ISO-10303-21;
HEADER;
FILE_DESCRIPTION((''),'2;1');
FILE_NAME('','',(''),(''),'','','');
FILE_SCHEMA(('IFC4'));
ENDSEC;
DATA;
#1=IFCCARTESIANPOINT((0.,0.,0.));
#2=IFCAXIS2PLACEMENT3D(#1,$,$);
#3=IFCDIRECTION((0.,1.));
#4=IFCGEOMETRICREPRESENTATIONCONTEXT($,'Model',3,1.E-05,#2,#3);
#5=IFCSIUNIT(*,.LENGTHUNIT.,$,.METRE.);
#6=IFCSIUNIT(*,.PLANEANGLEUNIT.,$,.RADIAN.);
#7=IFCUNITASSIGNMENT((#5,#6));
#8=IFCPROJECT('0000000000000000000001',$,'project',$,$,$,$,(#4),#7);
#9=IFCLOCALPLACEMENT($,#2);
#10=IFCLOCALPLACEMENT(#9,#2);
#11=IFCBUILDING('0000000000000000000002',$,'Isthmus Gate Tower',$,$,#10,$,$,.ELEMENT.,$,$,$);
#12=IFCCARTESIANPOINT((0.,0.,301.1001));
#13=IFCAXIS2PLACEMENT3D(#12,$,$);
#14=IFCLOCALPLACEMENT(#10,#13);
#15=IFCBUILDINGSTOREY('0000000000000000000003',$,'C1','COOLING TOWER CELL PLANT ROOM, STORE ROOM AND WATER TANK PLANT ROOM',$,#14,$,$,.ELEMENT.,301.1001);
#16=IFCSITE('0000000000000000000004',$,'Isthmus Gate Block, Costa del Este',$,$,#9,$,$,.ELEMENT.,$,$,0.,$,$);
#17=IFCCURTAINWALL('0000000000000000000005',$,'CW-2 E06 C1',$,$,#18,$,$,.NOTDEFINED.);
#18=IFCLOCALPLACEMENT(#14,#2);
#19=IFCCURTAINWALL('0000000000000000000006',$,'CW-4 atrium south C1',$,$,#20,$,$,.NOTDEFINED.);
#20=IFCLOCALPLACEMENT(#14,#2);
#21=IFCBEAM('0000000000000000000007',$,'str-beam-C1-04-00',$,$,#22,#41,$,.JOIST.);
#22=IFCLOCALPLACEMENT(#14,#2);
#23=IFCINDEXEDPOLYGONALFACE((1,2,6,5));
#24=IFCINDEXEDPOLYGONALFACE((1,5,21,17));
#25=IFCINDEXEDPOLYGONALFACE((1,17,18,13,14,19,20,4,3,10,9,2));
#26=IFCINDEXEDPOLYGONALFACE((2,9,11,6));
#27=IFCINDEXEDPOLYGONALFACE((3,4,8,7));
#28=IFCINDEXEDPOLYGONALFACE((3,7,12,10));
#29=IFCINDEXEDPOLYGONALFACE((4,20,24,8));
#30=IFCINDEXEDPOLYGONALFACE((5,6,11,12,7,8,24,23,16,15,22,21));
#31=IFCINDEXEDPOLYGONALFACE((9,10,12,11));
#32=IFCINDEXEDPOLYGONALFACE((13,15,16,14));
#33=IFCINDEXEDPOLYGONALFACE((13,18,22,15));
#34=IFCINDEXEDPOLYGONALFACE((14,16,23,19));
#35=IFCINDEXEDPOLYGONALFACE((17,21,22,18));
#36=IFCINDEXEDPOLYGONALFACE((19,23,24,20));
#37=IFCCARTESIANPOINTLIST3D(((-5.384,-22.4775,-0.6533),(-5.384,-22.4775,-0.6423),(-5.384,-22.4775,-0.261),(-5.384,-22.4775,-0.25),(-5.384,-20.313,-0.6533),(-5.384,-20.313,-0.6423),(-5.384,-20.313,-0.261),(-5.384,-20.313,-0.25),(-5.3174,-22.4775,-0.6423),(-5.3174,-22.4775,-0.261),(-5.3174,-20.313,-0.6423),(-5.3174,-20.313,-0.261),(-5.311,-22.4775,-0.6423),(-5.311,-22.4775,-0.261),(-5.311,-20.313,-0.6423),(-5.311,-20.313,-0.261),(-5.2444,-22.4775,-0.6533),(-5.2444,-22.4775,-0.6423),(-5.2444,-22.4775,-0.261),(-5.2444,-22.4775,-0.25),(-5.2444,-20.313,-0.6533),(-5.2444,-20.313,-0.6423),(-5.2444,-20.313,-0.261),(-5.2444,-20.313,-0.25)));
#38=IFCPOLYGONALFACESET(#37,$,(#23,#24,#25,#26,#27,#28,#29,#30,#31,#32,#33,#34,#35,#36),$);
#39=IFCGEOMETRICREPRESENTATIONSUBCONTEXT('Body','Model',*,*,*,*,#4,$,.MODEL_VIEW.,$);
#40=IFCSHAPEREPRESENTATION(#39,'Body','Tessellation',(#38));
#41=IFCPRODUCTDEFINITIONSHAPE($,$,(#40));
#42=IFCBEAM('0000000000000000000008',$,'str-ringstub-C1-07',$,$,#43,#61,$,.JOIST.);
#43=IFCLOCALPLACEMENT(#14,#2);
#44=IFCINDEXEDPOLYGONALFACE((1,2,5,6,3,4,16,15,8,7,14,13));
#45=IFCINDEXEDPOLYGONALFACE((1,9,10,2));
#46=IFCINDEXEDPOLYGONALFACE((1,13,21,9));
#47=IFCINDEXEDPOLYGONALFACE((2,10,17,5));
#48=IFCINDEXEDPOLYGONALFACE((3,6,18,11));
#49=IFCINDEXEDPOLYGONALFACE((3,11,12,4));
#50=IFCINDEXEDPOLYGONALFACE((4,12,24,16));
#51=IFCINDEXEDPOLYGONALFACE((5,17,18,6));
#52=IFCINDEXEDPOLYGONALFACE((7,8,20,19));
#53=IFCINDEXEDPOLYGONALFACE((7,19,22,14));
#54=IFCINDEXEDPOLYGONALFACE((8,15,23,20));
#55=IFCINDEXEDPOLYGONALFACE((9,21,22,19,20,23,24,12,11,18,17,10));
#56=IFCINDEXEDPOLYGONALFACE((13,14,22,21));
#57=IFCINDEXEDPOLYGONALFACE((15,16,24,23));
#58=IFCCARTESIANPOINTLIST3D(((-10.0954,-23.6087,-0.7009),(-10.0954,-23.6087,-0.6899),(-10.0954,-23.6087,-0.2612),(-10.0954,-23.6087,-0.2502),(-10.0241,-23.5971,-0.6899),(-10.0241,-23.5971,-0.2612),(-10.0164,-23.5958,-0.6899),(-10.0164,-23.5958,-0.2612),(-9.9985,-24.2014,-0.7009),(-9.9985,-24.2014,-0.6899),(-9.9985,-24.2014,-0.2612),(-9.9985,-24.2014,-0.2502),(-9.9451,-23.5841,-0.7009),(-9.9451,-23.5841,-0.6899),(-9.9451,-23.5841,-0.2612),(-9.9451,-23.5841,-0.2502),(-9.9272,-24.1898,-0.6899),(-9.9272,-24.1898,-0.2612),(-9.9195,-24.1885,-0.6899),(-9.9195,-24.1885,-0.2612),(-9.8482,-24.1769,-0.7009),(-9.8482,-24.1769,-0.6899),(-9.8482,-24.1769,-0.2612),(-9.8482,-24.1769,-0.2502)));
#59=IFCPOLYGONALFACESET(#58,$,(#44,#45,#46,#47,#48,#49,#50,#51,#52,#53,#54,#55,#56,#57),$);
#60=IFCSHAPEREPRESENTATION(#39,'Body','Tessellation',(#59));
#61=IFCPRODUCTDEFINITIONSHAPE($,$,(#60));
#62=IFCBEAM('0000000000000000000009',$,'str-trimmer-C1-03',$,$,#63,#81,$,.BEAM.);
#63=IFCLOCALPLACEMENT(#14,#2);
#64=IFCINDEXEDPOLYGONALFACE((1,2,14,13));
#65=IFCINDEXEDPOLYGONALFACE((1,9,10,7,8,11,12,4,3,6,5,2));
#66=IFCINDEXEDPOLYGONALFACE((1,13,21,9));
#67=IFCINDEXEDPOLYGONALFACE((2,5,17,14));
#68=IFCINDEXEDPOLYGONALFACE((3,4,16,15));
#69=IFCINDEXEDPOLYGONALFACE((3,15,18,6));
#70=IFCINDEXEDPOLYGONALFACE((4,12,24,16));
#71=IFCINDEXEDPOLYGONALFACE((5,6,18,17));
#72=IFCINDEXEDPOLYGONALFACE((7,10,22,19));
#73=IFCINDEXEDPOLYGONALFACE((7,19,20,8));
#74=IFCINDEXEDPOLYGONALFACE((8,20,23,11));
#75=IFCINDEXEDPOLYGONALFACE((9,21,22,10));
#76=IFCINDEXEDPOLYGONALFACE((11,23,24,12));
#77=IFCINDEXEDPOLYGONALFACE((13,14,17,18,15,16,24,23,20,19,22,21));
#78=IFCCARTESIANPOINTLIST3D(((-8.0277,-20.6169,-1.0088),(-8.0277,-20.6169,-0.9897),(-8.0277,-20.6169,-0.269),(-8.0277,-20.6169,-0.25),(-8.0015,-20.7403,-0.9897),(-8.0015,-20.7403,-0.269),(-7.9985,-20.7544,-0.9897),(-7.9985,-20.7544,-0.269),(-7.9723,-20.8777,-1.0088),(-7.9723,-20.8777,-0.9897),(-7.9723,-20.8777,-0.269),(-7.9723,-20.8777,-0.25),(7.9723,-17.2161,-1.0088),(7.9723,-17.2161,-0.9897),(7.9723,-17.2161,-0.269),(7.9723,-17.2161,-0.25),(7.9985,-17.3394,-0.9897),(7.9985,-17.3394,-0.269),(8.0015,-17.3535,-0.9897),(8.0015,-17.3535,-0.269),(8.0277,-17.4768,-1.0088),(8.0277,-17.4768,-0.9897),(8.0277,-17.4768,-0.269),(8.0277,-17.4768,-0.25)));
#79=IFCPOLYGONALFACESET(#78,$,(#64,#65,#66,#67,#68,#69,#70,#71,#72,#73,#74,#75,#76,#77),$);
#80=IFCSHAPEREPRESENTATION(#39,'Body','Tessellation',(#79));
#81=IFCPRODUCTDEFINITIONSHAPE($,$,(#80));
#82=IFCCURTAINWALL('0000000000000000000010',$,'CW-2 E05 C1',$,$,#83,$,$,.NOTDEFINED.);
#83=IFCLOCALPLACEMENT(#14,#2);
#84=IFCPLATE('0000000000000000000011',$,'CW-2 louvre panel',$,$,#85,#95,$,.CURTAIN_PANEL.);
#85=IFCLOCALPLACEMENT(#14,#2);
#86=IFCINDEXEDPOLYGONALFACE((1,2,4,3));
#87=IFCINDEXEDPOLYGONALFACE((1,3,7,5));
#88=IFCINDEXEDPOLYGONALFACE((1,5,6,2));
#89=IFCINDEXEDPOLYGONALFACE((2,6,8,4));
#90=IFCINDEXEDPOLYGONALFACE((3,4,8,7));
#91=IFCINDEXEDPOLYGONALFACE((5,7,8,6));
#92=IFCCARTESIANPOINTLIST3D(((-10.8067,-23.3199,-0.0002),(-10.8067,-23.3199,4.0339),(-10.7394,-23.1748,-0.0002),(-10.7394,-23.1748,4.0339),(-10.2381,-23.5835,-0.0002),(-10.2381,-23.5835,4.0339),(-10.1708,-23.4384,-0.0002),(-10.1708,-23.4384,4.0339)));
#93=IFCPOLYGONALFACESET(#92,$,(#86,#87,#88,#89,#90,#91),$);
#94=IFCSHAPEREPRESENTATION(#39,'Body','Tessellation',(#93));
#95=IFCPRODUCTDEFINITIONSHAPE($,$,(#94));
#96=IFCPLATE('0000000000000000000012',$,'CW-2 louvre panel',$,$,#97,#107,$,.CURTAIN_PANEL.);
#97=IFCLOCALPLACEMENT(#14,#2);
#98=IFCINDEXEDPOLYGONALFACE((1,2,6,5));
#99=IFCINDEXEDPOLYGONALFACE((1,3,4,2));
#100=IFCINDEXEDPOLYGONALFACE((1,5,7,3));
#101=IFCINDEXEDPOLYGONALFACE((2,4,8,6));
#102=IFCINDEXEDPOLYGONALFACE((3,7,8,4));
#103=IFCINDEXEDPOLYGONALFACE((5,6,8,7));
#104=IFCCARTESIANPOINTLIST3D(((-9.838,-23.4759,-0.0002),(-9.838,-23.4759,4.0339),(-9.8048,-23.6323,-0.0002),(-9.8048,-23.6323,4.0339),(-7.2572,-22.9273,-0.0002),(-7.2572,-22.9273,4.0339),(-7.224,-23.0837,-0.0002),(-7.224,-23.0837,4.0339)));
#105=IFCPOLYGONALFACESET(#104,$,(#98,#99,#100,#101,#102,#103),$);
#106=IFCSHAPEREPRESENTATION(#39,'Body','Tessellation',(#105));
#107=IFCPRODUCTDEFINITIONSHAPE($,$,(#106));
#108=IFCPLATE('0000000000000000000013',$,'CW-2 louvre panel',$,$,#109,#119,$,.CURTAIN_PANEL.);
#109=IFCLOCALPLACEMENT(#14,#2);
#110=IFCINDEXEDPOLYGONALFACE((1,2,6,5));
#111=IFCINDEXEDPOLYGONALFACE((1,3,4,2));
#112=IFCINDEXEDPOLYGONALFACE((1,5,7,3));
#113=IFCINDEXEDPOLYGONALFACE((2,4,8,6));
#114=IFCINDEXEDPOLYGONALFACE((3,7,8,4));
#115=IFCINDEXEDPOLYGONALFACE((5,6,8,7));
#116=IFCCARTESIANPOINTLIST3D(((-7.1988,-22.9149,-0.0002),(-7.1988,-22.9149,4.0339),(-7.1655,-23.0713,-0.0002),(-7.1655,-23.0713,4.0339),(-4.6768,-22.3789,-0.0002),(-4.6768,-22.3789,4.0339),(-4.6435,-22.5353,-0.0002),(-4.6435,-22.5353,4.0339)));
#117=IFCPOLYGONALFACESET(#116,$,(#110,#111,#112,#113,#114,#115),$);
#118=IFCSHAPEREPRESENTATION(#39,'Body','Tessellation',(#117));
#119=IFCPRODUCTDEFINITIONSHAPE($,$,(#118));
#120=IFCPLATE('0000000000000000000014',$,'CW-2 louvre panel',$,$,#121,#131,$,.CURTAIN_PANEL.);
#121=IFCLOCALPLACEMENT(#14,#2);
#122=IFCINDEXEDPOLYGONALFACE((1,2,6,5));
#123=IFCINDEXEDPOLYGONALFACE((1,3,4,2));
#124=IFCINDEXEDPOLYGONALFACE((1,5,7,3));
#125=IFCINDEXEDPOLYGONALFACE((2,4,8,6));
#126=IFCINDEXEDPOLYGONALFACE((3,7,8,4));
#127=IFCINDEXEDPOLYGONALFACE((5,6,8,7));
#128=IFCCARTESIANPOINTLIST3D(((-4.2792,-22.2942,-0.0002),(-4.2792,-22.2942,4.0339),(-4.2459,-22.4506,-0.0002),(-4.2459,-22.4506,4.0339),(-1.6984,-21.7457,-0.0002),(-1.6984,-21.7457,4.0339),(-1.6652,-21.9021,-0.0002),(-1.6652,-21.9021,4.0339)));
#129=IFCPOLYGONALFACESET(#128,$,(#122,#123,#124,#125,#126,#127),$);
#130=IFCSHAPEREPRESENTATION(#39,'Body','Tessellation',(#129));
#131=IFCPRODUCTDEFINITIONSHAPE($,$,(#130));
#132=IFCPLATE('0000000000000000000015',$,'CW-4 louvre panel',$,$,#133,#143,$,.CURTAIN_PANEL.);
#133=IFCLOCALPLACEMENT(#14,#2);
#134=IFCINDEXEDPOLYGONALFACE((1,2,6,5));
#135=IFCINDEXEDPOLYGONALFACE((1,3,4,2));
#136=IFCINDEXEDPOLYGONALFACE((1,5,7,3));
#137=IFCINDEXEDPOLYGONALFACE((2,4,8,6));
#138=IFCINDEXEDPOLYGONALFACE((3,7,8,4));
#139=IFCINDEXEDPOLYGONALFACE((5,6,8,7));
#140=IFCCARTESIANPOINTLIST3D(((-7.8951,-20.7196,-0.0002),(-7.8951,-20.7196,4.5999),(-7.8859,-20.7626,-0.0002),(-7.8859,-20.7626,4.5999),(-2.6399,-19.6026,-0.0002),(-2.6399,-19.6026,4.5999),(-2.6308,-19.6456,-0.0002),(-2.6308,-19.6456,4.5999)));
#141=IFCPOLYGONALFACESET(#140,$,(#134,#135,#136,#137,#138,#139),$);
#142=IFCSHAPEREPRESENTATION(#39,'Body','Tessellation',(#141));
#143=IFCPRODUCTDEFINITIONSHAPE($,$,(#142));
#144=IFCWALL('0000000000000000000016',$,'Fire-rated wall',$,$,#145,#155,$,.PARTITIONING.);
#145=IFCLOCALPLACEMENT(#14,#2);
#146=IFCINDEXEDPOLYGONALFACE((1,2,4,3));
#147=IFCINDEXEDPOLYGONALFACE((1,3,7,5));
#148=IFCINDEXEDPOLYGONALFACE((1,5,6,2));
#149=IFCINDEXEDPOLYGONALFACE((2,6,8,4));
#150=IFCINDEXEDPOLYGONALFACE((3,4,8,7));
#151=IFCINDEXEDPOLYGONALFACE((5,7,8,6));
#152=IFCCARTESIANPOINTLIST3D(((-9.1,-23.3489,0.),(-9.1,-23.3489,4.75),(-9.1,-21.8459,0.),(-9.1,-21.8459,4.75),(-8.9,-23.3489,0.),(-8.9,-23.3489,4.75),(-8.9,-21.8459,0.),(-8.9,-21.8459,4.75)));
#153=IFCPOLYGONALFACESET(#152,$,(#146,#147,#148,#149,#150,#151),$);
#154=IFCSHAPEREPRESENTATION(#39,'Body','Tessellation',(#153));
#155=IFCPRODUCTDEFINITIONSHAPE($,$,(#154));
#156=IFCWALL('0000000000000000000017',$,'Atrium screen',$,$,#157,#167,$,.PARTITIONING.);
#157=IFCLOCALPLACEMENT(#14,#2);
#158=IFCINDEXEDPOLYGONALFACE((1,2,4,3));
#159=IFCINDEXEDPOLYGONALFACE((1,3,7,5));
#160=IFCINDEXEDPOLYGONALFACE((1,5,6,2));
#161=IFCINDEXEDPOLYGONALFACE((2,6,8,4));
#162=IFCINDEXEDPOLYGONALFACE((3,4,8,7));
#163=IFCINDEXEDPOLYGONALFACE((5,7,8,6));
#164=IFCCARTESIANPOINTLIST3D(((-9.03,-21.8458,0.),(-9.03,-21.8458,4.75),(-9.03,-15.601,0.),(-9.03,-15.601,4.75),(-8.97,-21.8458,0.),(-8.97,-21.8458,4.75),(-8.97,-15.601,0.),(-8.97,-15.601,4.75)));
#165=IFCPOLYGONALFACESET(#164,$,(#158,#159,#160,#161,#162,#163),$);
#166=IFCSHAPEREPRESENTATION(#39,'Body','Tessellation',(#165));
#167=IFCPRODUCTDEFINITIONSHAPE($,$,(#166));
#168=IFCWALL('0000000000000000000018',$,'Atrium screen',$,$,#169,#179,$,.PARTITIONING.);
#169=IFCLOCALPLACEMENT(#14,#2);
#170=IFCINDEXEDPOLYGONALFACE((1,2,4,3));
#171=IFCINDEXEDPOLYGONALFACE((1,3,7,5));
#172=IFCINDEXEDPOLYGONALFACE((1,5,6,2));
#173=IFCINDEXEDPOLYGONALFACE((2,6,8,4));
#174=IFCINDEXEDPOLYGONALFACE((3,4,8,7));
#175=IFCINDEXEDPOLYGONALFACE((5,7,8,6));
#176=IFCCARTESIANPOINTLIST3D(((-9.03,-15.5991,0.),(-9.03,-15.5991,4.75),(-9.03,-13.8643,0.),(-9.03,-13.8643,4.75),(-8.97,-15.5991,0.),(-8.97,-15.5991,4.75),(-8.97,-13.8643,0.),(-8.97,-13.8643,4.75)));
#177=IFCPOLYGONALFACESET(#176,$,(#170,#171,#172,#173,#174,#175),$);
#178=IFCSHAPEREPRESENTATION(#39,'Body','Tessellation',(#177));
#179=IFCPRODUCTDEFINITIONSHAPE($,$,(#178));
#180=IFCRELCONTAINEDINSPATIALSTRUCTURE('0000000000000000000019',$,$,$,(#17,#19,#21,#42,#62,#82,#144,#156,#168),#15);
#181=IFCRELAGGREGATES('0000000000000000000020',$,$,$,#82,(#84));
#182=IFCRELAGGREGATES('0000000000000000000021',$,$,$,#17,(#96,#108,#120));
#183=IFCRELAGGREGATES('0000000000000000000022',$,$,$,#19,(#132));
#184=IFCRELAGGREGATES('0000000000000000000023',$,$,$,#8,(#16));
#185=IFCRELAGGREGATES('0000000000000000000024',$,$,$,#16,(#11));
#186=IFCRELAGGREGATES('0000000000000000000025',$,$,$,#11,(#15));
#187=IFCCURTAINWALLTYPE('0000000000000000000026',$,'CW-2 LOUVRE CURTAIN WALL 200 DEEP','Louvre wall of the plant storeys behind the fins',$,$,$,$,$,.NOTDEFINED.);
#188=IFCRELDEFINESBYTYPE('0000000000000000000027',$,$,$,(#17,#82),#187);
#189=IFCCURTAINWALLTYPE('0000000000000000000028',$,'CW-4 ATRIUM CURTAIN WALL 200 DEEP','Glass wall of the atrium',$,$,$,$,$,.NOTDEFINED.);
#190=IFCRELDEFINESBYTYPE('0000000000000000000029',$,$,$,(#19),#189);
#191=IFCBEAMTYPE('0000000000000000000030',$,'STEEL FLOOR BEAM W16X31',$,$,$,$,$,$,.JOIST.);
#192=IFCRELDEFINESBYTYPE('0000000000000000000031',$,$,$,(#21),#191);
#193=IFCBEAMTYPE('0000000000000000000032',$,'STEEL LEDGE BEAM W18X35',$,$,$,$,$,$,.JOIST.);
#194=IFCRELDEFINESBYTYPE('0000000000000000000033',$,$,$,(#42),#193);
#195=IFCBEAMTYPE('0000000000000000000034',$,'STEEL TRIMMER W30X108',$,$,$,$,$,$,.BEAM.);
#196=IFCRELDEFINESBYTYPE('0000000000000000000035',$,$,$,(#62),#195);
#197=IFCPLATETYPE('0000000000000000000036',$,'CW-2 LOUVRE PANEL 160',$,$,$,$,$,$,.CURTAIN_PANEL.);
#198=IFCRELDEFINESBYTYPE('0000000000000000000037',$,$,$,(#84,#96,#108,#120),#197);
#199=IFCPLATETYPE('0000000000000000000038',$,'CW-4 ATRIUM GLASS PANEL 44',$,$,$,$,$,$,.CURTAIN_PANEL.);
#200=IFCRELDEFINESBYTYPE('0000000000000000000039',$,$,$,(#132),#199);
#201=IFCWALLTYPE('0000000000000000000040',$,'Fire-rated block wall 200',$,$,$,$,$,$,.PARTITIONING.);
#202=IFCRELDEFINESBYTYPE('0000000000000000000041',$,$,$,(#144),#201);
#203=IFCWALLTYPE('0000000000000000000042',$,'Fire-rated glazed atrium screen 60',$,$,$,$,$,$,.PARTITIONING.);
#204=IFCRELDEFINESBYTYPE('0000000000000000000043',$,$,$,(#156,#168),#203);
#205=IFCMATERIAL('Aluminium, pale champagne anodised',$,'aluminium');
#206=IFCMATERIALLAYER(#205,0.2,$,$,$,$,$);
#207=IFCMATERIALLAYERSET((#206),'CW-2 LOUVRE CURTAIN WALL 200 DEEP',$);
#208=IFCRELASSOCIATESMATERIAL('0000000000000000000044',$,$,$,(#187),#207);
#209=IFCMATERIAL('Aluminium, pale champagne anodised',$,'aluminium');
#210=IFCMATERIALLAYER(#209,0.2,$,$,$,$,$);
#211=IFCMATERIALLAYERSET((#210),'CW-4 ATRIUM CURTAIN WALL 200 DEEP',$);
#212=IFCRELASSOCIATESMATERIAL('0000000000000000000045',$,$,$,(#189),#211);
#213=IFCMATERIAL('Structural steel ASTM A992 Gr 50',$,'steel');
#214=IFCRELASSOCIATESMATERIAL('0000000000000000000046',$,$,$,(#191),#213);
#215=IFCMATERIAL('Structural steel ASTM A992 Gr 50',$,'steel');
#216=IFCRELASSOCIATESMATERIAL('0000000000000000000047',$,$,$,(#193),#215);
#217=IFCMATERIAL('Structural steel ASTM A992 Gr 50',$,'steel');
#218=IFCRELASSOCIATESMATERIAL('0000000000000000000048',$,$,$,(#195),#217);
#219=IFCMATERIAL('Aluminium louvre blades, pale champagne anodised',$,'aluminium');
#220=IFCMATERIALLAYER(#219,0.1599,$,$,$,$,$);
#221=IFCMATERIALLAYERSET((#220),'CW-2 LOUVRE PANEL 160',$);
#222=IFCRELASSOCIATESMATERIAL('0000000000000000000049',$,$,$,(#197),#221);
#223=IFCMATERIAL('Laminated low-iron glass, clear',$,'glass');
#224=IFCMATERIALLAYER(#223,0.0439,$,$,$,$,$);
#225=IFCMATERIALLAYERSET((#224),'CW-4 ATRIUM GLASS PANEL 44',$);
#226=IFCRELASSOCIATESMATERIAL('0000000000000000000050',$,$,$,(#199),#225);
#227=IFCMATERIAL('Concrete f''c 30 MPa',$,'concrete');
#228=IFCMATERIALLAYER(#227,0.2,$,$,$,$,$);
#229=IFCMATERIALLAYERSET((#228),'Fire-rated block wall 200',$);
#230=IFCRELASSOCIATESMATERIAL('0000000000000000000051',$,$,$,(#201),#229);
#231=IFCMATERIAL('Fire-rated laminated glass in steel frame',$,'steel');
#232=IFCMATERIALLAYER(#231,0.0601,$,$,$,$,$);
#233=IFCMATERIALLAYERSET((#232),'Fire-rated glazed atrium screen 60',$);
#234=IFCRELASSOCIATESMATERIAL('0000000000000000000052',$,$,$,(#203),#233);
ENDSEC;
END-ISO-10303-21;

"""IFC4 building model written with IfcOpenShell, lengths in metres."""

from ifc_helpers import new_model, si_unit, direction, frame, frame_2d, origin, origin_2d, place, context, subcontext, project, spatial, rectangle, i_section, extrude, material, layer, layer_set, material_profile, profile_set, type_object, element, aggregate, save


model = new_model("IFC4")

# Units and contexts
model_context = context("Model", 3, precision=1e-05, world=origin(), true_north=direction((0.0, 1.0)))
body_context = subcontext(model_context, "Body", "Model", "MODEL_VIEW")
ifc_project = project(units=[si_unit("LENGTHUNIT", "METRE"), si_unit("PLANEANGLEUNIT", "RADIAN")], contexts=[model_context])

# Site, building, storey
site_placement = place(None, origin())
site = spatial("IfcSite", under=ifc_project, at=site_placement, Name="Isthmus Gate Block, Costa del Este", CompositionType="ELEMENT", RefElevation=0.0)
building_placement = place(site_placement, origin())
building = spatial("IfcBuilding", under=site, at=building_placement, Name="Isthmus Gate Tower", CompositionType="ELEMENT")
storey_placement = place(building_placement, frame((0.0, 0.0, 301.1001)))
storey = spatial("IfcBuildingStorey", under=building, at=storey_placement, Name="C1", Description="COOLING TOWER CELL PLANT ROOM, STORE ROOM AND WATER TANK PLANT ROOM", CompositionType="ELEMENT", Elevation=301.1001)

# Curtain walls
ifc_material_1 = material(Name="Aluminium, pale champagne anodised", Category="aluminium")
ifc_layer_1 = layer(ifc_material_1, 0.2)
ifc_layer_set_1 = layer_set([ifc_layer_1], Name="CW-2 LOUVRE CURTAIN WALL 200 DEEP")
curtain_wall_type_1 = type_object("IfcCurtainWallType", Name="CW-2 LOUVRE CURTAIN WALL 200 DEEP", Description="Louvre wall of the plant storeys behind the fins", PredefinedType="NOTDEFINED", material=ifc_layer_set_1)
curtain_wall_1_placement = place(storey_placement, origin())
curtain_wall_1 = element("IfcCurtainWall", 1, at=curtain_wall_1_placement, inside=storey, type_object=curtain_wall_type_1, Name="CW-2 E06 C1", PredefinedType="NOTDEFINED")
ifc_material_2 = material(Name="Aluminium, pale champagne anodised", Category="aluminium")
ifc_layer_2 = layer(ifc_material_2, 0.2)
ifc_layer_set_2 = layer_set([ifc_layer_2], Name="CW-4 ATRIUM CURTAIN WALL 200 DEEP")
curtain_wall_type_2 = type_object("IfcCurtainWallType", Name="CW-4 ATRIUM CURTAIN WALL 200 DEEP", Description="Glass wall of the atrium", PredefinedType="NOTDEFINED", material=ifc_layer_set_2)
curtain_wall_2_placement = place(storey_placement, origin())
curtain_wall_2 = element("IfcCurtainWall", 2, at=curtain_wall_2_placement, inside=storey, type_object=curtain_wall_type_2, Name="CW-4 atrium south C1", PredefinedType="NOTDEFINED")

# Beams
ifc_material_3 = material(Name="Structural steel ASTM A992 Gr 50", Category="steel")
ifc_material_profile_1 = material_profile(ifc_material_3, i_section(OverallWidth=0.1396, OverallDepth=0.4033, WebThickness=0.0063, FlangeThickness=0.011, at=origin_2d()), Name="W16X31")
ifc_profile_set_1 = profile_set([ifc_material_profile_1], Name="Structural steel ASTM A992 Gr 50")
beam_type_1 = type_object("IfcBeamType", Name="STEEL FLOOR BEAM W16X31", PredefinedType="JOIST", material=ifc_profile_set_1)
beam_1_placement = place(storey_placement, frame((-5.3142, -22.4775, -0.4517), z_axis=(0.0, 1.0, 0.0), x_axis=(-1.0, 0.0, 0.0)))
element("IfcBeam", 3, at=beam_1_placement, inside=storey, type_object=beam_type_1, Name="str-beam-C1-04-00", PredefinedType="JOIST", context=body_context, shape_type="SweptSolid", body=[
    extrude(i_section(OverallWidth=0.1396, OverallDepth=0.4033, WebThickness=0.0063, FlangeThickness=0.011, at=origin_2d()), origin(), (0.0, 0.0, 1.0), 2.1646),
])
ifc_material_4 = material(Name="Structural steel ASTM A992 Gr 50", Category="steel")
ifc_material_profile_2 = material_profile(ifc_material_4, i_section(OverallWidth=0.1523, OverallDepth=0.4507, WebThickness=0.0078, FlangeThickness=0.011, at=origin_2d()), Name="W18X35")
ifc_profile_set_2 = profile_set([ifc_material_profile_2], Name="Structural steel ASTM A992 Gr 50")
beam_type_2 = type_object("IfcBeamType", Name="STEEL LEDGE BEAM W18X35", PredefinedType="JOIST", material=ifc_profile_set_2)
beam_2_placement = place(storey_placement, frame((-10.0203, -23.5964, -0.4756), z_axis=(0.161366, -0.986895, 0.0), x_axis=(0.986895, 0.161366, 0.0)))
element("IfcBeam", 4, at=beam_2_placement, inside=storey, type_object=beam_type_2, Name="str-ringstub-C1-07", PredefinedType="JOIST", context=body_context, shape_type="SweptSolid", body=[
    extrude(i_section(OverallWidth=0.1523, OverallDepth=0.4507, WebThickness=0.0078, FlangeThickness=0.011, at=origin_2d()), origin(), (0.0, 0.0, 1.0), 0.6006),
])
ifc_material_5 = material(Name="Structural steel ASTM A992 Gr 50", Category="steel")
ifc_material_profile_3 = material_profile(ifc_material_5, i_section(OverallWidth=0.2666, OverallDepth=0.7588, WebThickness=0.0144, FlangeThickness=0.019, at=origin_2d()), Name="W30X108")
ifc_profile_set_3 = profile_set([ifc_material_profile_3], Name="Structural steel ASTM A992 Gr 50")
beam_type_3 = type_object("IfcBeamType", Name="STEEL TRIMMER W30X108", PredefinedType="BEAM", material=ifc_profile_set_3)
beam_3_placement = place(storey_placement, frame((-8.0, -20.7473, -0.6294), z_axis=(0.978148, 0.20791, 0.0), x_axis=(-0.20791, 0.978148, 0.0)))
element("IfcBeam", 5, at=beam_3_placement, inside=storey, type_object=beam_type_3, Name="str-trimmer-C1-03", PredefinedType="BEAM", context=body_context, shape_type="SweptSolid", body=[
    extrude(i_section(OverallWidth=0.2666, OverallDepth=0.7588, WebThickness=0.0144, FlangeThickness=0.019, at=origin_2d()), origin(), (0.0, 0.0, 1.0), 16.3574),
])

# Curtain wall, plate
curtain_wall_3_placement = place(storey_placement, origin())
curtain_wall_3 = element("IfcCurtainWall", 6, at=curtain_wall_3_placement, inside=storey, type_object=curtain_wall_type_1, Name="CW-2 E05 C1", PredefinedType="NOTDEFINED")
ifc_material_6 = material(Name="Aluminium louvre blades, pale champagne anodised", Category="aluminium")
ifc_layer_3 = layer(ifc_material_6, 0.1599)
ifc_layer_set_3 = layer_set([ifc_layer_3], Name="CW-2 LOUVRE PANEL 160")
plate_type_1 = type_object("IfcPlateType", Name="CW-2 LOUVRE PANEL 160", PredefinedType="CURTAIN_PANEL", material=ifc_layer_set_3)
plate_1_placement = place(storey_placement, frame((-10.4888, -23.3792, -0.0002), z_axis=(0.0, 0.0, 1.0), x_axis=(0.907256, -0.420578, 0.0)))
plate_1 = element("IfcPlate", 7, at=plate_1_placement, type_object=plate_type_1, Name="CW-2 louvre panel", PredefinedType="CURTAIN_PANEL", context=body_context, shape_type="SweptSolid", body=[
    extrude(rectangle(XDim=0.6267, YDim=0.1599, at=origin_2d()), origin(), (0.0, 0.0, 1.0), 4.0342),
])
aggregate(curtain_wall_3, [plate_1])

# Plates
plate_2_placement = place(storey_placement, frame((-8.531, -23.2798, -0.0002), z_axis=(0.0, 0.0, 1.0), x_axis=(0.978148, 0.207912, 0.0)))
plate_2 = element("IfcPlate", 8, at=plate_2_placement, type_object=plate_type_1, Name="CW-2 louvre panel", PredefinedType="CURTAIN_PANEL", context=body_context, shape_type="SweptSolid", body=[
    extrude(rectangle(XDim=2.6384, YDim=0.1599, at=origin_2d()), origin(), (0.0, 0.0, 1.0), 4.0342),
])
plate_3_placement = place(storey_placement, frame((-5.9211, -22.7251, -0.0002), z_axis=(0.0, 0.0, 1.0), x_axis=(0.978148, 0.207912, 0.0)))
plate_3 = element("IfcPlate", 9, at=plate_3_placement, type_object=plate_type_1, Name="CW-2 louvre panel", PredefinedType="CURTAIN_PANEL", context=body_context, shape_type="SweptSolid", body=[
    extrude(rectangle(XDim=2.5784, YDim=0.1599, at=origin_2d()), origin(), (0.0, 0.0, 1.0), 4.0342),
])
plate_4_placement = place(storey_placement, frame((-2.9722, -22.0981, -0.0002), z_axis=(0.0, 0.0, 1.0), x_axis=(0.978148, 0.207912, 0.0)))
plate_4 = element("IfcPlate", 10, at=plate_4_placement, type_object=plate_type_1, Name="CW-2 louvre panel", PredefinedType="CURTAIN_PANEL", context=body_context, shape_type="SweptSolid", body=[
    extrude(rectangle(XDim=2.6384, YDim=0.1599, at=origin_2d()), origin(), (0.0, 0.0, 1.0), 4.0342),
])
aggregate(curtain_wall_1, [plate_2, plate_3, plate_4])
ifc_material_7 = material(Name="Laminated low-iron glass, clear", Category="glass")
ifc_layer_4 = layer(ifc_material_7, 0.0439)
ifc_layer_set_4 = layer_set([ifc_layer_4], Name="CW-4 ATRIUM GLASS PANEL 44")
plate_type_2 = type_object("IfcPlateType", Name="CW-4 ATRIUM GLASS PANEL 44", PredefinedType="CURTAIN_PANEL", material=ifc_layer_set_4)
plate_5_placement = place(storey_placement, frame((-5.2629, -20.1826, -0.0002), z_axis=(0.0, 0.0, 1.0), x_axis=(0.978148, 0.207912, 0.0)))
plate_5 = element("IfcPlate", 11, at=plate_5_placement, type_object=plate_type_2, Name="CW-4 louvre panel", PredefinedType="CURTAIN_PANEL", context=body_context, shape_type="SweptSolid", body=[
    extrude(rectangle(XDim=5.3726, YDim=0.0439, at=origin_2d()), origin(), (0.0, 0.0, 1.0), 4.6001),
])
aggregate(curtain_wall_2, [plate_5])

# Walls
ifc_material_8 = material(Name="Concrete f'c 30 MPa", Category="concrete")
ifc_layer_5 = layer(ifc_material_8, 0.2)
ifc_layer_set_5 = layer_set([ifc_layer_5], Name="Fire-rated block wall 200")
wall_type_1 = type_object("IfcWallType", Name="Fire-rated block wall 200", PredefinedType="PARTITIONING", material=ifc_layer_set_5)
wall_1_placement = place(storey_placement, frame((-9.0, -23.3489, 0.0), z_axis=(0.0, 0.0, 1.0), x_axis=(0.0, 1.0, 0.0)))
element("IfcWall", 12, at=wall_1_placement, inside=storey, type_object=wall_type_1, Name="Fire-rated wall", PredefinedType="PARTITIONING", context=body_context, shape_type="SweptSolid", body=[
    extrude(rectangle(XDim=1.5029, YDim=0.2, at=frame_2d((0.7515, 0.0))), origin(), (0.0, 0.0, 1.0), 4.75),
])
ifc_material_9 = material(Name="Fire-rated laminated glass in steel frame", Category="steel")
ifc_layer_6 = layer(ifc_material_9, 0.0601)
ifc_layer_set_6 = layer_set([ifc_layer_6], Name="Fire-rated glazed atrium screen 60")
wall_type_2 = type_object("IfcWallType", Name="Fire-rated glazed atrium screen 60", PredefinedType="PARTITIONING", material=ifc_layer_set_6)
wall_2_placement = place(storey_placement, frame((-9.0, -21.8459, 0.0), z_axis=(0.0, 0.0, 1.0), x_axis=(0.0, 1.0, 0.0)))
element("IfcWall", 13, at=wall_2_placement, inside=storey, type_object=wall_type_2, Name="Atrium screen", PredefinedType="PARTITIONING", context=body_context, shape_type="SweptSolid", body=[
    extrude(rectangle(XDim=6.2449, YDim=0.0601, at=frame_2d((3.1226, 0.0))), origin(), (0.0, 0.0, 1.0), 4.75),
])
wall_3_placement = place(storey_placement, frame((-9.0, -15.5991, 0.0), z_axis=(0.0, 0.0, 1.0), x_axis=(0.0, 1.0, 0.0)))
element("IfcWall", 14, at=wall_3_placement, inside=storey, type_object=wall_type_2, Name="Atrium screen", PredefinedType="PARTITIONING", context=body_context, shape_type="SweptSolid", body=[
    extrude(rectangle(XDim=1.7349, YDim=0.0601, at=frame_2d((0.8674, 0.0))), origin(), (0.0, 0.0, 1.0), 4.75),
])

save(model, "model.ifc")
